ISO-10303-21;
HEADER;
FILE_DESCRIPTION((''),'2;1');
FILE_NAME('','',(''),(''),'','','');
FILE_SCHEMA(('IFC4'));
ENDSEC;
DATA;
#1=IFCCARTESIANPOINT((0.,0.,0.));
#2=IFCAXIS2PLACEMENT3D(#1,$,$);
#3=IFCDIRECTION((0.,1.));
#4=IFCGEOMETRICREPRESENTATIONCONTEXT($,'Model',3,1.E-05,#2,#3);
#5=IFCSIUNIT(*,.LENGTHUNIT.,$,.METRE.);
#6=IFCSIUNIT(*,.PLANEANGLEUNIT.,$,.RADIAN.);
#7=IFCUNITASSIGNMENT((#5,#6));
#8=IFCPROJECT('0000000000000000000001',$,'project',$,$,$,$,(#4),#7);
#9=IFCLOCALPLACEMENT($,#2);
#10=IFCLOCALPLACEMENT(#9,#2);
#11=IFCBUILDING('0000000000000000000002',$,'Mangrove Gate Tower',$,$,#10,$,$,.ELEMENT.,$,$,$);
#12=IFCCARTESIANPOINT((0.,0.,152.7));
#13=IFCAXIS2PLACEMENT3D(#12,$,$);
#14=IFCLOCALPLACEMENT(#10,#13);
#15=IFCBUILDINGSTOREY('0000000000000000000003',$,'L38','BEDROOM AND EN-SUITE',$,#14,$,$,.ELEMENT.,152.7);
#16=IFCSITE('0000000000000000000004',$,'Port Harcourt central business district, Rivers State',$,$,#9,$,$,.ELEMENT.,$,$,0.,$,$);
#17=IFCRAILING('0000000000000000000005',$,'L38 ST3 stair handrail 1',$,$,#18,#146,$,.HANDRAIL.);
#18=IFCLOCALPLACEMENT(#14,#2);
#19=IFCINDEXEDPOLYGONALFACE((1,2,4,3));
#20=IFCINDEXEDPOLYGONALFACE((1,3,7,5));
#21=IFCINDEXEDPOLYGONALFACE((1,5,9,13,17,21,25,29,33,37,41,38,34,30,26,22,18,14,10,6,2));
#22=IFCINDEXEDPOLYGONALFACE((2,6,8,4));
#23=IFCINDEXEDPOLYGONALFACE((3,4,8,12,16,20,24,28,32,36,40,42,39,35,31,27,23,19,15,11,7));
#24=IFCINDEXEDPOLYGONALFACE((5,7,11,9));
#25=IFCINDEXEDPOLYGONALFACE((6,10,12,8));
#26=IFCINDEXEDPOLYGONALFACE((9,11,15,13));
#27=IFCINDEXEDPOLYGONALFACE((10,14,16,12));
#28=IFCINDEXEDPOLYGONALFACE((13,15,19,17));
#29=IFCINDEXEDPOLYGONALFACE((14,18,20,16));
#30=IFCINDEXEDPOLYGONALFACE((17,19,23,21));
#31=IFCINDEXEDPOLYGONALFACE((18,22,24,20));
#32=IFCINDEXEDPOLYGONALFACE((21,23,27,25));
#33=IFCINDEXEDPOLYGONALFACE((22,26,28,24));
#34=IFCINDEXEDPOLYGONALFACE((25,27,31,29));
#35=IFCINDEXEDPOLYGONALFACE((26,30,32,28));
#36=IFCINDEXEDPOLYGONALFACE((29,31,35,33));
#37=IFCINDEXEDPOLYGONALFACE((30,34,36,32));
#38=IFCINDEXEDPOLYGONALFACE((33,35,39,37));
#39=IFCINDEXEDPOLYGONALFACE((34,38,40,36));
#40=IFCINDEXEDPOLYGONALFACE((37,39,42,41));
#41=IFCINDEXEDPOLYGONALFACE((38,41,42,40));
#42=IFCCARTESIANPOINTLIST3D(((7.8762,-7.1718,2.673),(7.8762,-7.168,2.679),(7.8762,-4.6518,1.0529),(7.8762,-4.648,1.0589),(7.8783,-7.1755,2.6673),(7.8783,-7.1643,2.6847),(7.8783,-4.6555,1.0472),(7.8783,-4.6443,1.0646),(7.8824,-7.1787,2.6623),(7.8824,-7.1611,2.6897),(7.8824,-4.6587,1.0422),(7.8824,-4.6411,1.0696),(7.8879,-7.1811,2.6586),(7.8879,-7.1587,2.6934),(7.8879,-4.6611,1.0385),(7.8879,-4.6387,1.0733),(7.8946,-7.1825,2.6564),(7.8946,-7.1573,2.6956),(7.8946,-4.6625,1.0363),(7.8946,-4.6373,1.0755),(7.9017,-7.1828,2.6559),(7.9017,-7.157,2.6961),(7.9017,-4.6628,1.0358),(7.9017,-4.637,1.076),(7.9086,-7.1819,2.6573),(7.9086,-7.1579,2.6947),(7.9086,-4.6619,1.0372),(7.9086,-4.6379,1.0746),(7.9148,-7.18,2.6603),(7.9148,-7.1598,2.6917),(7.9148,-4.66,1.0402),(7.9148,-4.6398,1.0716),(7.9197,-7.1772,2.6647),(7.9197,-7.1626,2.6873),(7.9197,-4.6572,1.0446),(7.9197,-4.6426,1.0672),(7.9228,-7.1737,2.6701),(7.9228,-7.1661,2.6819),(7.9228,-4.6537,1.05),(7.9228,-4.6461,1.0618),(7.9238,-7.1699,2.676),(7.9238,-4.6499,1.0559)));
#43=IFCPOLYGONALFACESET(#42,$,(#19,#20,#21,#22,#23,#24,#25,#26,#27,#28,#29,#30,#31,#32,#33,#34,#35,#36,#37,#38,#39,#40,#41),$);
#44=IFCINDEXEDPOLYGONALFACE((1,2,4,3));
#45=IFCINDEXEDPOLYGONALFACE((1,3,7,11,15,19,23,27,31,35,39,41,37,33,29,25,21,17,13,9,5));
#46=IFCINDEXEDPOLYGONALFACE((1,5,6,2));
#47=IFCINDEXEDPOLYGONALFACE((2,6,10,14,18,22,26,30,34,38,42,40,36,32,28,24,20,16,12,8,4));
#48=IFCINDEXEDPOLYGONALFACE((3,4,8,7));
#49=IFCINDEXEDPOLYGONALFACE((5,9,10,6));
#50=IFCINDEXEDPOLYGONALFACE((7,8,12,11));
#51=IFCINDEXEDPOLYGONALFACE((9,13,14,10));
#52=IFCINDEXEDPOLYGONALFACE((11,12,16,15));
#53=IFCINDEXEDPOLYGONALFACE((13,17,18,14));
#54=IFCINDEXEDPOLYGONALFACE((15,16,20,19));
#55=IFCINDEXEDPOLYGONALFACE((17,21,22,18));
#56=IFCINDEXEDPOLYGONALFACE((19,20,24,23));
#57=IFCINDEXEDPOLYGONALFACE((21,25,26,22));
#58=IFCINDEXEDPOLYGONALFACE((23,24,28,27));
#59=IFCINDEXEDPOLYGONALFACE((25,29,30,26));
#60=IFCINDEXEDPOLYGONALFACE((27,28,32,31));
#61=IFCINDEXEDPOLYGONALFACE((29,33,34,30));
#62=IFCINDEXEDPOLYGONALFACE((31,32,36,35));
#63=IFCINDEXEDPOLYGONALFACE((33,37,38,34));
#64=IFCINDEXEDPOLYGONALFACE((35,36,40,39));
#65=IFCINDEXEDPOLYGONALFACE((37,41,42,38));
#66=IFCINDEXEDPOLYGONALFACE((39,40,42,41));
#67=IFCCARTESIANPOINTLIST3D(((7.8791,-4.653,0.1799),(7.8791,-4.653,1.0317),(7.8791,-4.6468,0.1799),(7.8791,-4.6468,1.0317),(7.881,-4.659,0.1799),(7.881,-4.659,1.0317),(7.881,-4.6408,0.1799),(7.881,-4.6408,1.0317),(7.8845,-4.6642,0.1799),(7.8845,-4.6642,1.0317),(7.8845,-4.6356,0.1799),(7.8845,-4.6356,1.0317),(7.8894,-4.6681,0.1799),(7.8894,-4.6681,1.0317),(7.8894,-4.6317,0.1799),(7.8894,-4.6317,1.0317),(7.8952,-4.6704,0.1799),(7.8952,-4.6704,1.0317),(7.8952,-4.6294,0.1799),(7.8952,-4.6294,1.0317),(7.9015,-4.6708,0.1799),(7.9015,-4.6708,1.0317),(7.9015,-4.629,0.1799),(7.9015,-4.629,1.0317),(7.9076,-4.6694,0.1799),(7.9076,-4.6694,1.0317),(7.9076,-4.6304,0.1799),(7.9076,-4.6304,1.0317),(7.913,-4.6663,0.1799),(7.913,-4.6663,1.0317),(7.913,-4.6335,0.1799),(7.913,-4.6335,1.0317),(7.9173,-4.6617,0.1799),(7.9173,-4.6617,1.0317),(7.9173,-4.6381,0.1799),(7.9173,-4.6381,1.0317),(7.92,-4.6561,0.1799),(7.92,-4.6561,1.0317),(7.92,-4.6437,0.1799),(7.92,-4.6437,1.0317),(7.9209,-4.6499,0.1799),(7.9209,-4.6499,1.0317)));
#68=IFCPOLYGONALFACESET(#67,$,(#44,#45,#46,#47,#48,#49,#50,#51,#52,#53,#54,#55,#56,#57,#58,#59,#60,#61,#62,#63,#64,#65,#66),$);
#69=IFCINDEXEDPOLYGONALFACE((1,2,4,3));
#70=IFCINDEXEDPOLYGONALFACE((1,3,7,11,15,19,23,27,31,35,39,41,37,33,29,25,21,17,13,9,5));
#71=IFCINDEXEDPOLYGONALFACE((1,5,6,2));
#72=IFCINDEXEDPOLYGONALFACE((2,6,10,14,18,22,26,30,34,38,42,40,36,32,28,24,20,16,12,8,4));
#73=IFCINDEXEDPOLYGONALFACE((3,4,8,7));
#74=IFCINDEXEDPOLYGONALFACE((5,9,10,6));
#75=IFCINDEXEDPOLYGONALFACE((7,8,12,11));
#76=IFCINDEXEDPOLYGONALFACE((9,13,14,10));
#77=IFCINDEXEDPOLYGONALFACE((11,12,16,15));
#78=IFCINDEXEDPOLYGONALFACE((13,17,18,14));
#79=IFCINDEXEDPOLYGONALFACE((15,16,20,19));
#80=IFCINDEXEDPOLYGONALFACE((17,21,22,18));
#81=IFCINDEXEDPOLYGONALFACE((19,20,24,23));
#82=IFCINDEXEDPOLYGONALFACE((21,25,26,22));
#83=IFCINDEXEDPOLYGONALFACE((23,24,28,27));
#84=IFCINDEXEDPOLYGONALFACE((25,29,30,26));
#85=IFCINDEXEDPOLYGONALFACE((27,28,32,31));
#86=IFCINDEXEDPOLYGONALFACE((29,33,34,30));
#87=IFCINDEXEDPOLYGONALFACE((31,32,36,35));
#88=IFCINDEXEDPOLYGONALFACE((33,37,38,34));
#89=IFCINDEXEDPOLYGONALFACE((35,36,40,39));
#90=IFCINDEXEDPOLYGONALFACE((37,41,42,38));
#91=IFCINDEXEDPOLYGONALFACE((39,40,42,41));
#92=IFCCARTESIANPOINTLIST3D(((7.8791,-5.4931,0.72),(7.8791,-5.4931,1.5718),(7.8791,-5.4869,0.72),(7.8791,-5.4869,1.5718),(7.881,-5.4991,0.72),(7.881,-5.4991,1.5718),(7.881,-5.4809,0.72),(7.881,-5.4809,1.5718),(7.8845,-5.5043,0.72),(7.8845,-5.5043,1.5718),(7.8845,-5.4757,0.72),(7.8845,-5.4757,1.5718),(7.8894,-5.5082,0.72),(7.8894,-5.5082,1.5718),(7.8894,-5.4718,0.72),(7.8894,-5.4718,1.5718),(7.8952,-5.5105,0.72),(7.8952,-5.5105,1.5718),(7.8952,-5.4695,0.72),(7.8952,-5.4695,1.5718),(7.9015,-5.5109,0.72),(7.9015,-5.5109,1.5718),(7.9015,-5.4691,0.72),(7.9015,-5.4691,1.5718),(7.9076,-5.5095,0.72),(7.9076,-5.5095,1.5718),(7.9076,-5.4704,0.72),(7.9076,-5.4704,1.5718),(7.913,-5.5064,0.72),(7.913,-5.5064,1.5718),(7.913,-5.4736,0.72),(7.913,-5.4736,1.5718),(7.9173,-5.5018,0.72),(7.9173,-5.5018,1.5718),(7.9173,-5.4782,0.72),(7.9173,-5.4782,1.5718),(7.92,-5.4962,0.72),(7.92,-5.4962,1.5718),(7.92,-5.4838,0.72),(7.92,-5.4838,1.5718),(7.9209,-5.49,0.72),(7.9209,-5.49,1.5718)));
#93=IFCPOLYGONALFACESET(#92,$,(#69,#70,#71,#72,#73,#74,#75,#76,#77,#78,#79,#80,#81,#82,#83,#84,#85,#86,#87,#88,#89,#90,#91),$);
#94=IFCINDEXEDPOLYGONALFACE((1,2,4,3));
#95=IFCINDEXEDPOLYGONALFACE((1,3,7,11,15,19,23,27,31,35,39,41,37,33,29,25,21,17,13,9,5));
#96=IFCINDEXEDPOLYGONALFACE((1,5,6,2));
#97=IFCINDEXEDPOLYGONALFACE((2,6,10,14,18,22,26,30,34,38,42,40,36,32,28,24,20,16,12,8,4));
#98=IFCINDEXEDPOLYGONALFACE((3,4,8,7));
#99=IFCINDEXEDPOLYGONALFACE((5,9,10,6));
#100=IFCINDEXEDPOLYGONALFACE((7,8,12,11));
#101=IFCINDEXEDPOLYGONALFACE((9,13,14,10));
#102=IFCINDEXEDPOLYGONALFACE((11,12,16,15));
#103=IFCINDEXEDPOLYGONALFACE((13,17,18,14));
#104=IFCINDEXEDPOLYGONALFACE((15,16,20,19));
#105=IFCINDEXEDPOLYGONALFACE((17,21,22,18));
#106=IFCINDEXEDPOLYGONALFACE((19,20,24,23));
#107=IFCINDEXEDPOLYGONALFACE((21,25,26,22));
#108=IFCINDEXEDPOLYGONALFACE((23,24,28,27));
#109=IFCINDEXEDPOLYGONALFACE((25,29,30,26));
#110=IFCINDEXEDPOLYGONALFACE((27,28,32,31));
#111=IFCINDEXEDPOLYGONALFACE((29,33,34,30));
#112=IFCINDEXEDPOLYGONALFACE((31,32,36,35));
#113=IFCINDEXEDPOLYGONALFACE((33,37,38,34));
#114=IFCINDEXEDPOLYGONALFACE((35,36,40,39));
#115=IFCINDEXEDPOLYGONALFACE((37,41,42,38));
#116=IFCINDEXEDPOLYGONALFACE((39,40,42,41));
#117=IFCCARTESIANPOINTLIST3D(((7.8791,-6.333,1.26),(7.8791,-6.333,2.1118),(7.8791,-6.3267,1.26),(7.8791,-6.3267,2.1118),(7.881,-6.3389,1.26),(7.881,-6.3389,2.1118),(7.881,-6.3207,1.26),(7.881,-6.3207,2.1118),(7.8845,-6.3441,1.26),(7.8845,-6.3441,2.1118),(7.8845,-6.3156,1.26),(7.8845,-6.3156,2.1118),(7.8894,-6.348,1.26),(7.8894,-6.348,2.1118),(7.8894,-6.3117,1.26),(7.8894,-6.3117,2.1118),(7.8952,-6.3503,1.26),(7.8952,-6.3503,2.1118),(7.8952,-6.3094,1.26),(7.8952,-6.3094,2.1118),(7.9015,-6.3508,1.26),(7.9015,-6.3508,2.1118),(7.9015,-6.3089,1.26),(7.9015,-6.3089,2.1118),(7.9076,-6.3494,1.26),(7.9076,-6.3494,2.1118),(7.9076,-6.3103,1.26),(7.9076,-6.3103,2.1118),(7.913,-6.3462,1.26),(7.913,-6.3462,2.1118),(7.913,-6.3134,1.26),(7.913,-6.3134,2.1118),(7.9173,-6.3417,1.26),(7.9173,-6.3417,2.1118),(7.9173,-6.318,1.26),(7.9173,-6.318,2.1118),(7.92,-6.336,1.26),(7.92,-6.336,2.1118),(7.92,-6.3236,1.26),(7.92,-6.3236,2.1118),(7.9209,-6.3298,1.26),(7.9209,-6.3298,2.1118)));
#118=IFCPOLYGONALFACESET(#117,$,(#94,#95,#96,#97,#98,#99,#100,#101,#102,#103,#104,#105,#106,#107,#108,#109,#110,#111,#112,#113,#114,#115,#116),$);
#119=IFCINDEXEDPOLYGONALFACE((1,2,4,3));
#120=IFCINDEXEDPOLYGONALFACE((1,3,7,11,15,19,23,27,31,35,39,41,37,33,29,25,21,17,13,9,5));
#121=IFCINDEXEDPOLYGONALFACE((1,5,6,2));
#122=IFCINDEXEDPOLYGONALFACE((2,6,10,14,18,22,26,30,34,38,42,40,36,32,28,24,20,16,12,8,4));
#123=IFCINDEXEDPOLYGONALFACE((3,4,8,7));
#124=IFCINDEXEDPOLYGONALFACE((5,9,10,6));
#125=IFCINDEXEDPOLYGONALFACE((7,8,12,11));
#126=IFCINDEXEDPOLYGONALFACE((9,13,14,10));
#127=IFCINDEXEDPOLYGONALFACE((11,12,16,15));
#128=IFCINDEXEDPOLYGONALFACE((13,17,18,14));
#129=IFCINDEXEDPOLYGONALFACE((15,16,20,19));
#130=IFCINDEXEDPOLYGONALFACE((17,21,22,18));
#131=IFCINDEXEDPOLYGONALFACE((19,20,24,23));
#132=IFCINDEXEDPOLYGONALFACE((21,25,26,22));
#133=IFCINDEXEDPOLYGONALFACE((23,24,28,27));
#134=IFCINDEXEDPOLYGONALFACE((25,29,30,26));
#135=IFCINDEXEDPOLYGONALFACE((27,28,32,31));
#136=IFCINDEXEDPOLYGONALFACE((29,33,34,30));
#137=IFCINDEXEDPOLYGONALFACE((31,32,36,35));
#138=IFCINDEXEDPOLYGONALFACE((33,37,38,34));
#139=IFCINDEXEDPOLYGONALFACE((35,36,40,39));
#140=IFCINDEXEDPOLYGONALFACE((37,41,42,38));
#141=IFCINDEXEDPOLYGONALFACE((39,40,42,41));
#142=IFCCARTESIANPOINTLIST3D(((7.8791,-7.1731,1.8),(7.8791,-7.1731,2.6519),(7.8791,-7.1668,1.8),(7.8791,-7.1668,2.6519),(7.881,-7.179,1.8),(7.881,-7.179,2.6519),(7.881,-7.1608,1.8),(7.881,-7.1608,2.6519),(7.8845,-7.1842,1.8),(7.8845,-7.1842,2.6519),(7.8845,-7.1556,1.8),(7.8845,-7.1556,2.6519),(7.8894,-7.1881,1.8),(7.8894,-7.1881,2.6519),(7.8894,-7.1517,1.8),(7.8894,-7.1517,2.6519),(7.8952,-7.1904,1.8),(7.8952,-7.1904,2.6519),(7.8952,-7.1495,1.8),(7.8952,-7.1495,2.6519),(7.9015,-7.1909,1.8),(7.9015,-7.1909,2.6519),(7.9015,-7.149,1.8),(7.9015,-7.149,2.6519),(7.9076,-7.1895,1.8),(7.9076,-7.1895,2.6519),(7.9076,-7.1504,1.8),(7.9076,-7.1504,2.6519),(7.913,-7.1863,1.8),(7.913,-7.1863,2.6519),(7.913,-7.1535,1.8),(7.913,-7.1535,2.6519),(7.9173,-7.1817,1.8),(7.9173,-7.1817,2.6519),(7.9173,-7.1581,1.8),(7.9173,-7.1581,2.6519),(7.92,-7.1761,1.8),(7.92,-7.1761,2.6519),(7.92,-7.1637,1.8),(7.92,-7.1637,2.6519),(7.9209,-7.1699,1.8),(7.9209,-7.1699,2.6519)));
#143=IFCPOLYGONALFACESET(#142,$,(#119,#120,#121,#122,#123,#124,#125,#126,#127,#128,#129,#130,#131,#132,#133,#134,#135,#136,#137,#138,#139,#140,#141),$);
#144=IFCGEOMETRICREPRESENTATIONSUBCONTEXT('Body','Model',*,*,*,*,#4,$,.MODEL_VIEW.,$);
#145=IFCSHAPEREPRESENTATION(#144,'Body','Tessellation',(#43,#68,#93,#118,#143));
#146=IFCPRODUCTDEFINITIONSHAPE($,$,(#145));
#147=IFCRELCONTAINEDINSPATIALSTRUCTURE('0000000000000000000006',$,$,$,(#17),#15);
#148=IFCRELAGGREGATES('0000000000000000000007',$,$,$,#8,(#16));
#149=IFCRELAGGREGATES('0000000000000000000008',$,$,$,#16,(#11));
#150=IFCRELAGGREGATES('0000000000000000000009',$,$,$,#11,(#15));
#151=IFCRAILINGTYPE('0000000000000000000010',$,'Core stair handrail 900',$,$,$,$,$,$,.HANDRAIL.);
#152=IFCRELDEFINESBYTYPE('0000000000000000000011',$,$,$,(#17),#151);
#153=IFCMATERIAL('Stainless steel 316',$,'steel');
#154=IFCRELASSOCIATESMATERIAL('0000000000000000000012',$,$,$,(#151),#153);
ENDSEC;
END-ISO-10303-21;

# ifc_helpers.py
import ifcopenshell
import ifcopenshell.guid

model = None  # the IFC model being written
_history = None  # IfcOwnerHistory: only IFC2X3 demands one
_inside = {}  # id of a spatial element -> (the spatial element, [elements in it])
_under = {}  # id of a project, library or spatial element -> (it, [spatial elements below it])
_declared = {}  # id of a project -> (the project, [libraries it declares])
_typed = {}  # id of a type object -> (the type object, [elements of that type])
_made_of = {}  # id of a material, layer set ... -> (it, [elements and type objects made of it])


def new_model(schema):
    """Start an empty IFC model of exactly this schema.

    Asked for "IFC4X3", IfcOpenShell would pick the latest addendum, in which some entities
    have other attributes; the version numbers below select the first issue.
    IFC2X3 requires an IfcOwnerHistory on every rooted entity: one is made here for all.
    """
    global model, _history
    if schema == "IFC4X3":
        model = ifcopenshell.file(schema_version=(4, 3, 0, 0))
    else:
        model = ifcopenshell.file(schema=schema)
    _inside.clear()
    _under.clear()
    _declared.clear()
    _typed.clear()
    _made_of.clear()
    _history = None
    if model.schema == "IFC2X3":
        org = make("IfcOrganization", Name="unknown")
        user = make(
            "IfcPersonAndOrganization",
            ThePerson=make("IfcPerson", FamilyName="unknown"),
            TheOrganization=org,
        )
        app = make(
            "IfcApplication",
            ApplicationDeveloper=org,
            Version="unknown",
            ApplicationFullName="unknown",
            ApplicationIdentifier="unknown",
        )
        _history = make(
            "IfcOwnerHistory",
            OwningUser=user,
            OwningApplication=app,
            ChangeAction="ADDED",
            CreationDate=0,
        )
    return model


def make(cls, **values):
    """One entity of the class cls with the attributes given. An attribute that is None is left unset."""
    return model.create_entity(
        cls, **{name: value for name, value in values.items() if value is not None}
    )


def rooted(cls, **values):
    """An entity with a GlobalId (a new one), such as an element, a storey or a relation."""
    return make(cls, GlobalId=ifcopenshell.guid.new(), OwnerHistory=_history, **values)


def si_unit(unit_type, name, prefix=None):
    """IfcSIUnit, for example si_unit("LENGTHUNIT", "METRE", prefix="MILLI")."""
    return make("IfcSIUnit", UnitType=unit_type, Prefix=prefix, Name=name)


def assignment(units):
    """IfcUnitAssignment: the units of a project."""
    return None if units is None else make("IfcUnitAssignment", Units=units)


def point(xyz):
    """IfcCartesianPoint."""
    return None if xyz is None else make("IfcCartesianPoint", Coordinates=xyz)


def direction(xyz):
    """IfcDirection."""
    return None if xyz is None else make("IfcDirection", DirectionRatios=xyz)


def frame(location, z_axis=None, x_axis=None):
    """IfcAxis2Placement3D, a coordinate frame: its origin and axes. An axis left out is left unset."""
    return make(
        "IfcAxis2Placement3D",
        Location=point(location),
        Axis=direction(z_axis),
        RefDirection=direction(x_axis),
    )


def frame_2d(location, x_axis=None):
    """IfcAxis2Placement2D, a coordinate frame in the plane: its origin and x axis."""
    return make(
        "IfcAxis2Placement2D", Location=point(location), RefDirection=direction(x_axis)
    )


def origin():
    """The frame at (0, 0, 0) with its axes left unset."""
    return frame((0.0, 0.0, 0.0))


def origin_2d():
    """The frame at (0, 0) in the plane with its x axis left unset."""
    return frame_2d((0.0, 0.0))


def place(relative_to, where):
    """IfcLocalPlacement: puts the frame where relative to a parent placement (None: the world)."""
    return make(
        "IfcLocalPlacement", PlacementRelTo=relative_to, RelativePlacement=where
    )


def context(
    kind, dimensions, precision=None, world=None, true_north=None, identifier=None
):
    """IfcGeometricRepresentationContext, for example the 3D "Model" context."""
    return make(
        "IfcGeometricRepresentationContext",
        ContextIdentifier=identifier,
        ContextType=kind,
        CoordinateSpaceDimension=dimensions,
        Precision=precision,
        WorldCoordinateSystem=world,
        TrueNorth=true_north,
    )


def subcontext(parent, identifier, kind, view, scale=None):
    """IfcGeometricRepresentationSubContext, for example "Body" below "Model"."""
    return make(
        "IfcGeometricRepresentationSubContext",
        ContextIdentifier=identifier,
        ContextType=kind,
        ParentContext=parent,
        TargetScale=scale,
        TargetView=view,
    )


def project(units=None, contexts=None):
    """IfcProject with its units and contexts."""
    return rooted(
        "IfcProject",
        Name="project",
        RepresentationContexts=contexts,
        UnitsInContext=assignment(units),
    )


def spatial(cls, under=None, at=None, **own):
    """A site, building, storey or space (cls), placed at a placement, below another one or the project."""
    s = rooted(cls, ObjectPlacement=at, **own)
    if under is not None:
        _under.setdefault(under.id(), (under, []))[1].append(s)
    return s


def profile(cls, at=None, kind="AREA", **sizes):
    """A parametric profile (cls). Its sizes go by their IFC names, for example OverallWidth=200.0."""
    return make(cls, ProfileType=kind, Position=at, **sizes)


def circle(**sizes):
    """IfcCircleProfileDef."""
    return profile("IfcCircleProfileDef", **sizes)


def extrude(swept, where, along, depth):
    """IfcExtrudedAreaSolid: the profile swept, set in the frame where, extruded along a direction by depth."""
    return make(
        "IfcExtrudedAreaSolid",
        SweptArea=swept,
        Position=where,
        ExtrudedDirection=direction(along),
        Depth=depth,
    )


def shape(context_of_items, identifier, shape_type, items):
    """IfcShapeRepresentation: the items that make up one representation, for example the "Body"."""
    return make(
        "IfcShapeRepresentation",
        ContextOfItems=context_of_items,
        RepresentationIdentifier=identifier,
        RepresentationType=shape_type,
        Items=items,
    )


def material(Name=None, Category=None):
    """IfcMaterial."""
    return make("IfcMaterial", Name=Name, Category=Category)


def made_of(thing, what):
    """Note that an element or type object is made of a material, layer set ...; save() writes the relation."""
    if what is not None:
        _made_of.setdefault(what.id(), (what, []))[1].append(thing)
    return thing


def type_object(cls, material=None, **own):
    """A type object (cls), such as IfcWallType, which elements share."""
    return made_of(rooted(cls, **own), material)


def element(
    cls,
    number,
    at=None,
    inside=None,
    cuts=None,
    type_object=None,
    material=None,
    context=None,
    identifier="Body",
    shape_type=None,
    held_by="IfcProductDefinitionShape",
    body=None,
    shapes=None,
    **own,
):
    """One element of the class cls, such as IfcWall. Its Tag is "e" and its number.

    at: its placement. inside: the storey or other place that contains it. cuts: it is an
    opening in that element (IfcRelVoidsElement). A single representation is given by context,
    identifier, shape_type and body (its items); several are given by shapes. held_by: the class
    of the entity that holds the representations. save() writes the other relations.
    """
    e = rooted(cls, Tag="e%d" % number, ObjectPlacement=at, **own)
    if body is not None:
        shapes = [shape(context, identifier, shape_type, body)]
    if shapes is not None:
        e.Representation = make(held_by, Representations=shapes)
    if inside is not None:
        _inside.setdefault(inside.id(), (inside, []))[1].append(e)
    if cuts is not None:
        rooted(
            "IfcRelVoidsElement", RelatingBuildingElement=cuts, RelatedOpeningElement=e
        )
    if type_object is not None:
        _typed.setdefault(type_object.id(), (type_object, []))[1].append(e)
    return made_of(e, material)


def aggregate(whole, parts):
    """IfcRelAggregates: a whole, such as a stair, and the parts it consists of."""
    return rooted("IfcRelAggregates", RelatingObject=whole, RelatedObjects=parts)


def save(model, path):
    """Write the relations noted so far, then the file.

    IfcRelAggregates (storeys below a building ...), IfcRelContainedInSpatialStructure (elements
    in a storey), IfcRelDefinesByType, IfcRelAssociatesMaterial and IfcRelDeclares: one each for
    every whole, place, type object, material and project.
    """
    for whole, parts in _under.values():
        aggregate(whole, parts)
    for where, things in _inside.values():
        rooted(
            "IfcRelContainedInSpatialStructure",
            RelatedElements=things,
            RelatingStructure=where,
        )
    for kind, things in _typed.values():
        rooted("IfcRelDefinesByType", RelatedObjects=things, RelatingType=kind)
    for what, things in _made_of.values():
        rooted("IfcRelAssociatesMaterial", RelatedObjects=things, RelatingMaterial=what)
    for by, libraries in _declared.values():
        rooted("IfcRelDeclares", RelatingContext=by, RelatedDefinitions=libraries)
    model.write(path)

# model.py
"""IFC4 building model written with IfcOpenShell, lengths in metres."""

from ifc_helpers import new_model, si_unit, direction, frame, origin, origin_2d, place, context, subcontext, project, spatial, circle, extrude, material, type_object, element, save


model = new_model("IFC4")

# Units and contexts
model_context = context("Model", 3, precision=1e-05, world=origin(), true_north=direction((0.0, 1.0)))
body_context = subcontext(model_context, "Body", "Model", "MODEL_VIEW")
ifc_project = project(units=[si_unit("LENGTHUNIT", "METRE"), si_unit("PLANEANGLEUNIT", "RADIAN")], contexts=[model_context])

# Site, building, storey
site_placement = place(None, origin())
site = spatial("IfcSite", under=ifc_project, at=site_placement, Name="Port Harcourt central business district, Rivers State", CompositionType="ELEMENT", RefElevation=0.0)
building_placement = place(site_placement, origin())
building = spatial("IfcBuilding", under=site, at=building_placement, Name="Mangrove Gate Tower", CompositionType="ELEMENT")
storey_placement = place(building_placement, frame((0.0, 0.0, 152.7)))
storey = spatial("IfcBuildingStorey", under=building, at=storey_placement, Name="L38", Description="BEDROOM AND EN-SUITE", CompositionType="ELEMENT", Elevation=152.7)

# Railing
ifc_material_1 = material(Name="Stainless steel 316", Category="steel")
railing_type_1 = type_object("IfcRailingType", Name="Core stair handrail 900", PredefinedType="HANDRAIL", material=ifc_material_1)
railing_1_placement = place(storey_placement, frame((7.8999, -4.6499, 0.1799)))
element("IfcRailing", 1, at=railing_1_placement, inside=storey, type_object=railing_type_1, Name="L38 ST3 stair handrail 1", PredefinedType="HANDRAIL", context=body_context, shape_type="SweptSolid", body=[
    extrude(circle(Radius=0.0239, at=origin_2d()), frame((0.0, 0.0, 0.876), z_axis=(0.0, -0.841163, 0.540782), x_axis=(1.0, 0.0, 0.0)), (0.0, 0.0, 1.0), 2.9958),
    extrude(circle(Radius=0.021, at=origin_2d()), origin(), (0.0, 0.0, 1.0), 0.8518),
    extrude(circle(Radius=0.021, at=origin_2d()), frame((0.0, -0.8401, 0.54)), (0.0, 0.0, 1.0), 0.8518),
    extrude(circle(Radius=0.021, at=origin_2d()), frame((0.0, -1.6799, 1.0801)), (0.0, 0.0, 1.0), 0.8518),
    extrude(circle(Radius=0.021, at=origin_2d()), frame((0.0, -2.52, 1.6201)), (0.0, 0.0, 1.0), 0.8518),
])

save(model, "model.ifc")
